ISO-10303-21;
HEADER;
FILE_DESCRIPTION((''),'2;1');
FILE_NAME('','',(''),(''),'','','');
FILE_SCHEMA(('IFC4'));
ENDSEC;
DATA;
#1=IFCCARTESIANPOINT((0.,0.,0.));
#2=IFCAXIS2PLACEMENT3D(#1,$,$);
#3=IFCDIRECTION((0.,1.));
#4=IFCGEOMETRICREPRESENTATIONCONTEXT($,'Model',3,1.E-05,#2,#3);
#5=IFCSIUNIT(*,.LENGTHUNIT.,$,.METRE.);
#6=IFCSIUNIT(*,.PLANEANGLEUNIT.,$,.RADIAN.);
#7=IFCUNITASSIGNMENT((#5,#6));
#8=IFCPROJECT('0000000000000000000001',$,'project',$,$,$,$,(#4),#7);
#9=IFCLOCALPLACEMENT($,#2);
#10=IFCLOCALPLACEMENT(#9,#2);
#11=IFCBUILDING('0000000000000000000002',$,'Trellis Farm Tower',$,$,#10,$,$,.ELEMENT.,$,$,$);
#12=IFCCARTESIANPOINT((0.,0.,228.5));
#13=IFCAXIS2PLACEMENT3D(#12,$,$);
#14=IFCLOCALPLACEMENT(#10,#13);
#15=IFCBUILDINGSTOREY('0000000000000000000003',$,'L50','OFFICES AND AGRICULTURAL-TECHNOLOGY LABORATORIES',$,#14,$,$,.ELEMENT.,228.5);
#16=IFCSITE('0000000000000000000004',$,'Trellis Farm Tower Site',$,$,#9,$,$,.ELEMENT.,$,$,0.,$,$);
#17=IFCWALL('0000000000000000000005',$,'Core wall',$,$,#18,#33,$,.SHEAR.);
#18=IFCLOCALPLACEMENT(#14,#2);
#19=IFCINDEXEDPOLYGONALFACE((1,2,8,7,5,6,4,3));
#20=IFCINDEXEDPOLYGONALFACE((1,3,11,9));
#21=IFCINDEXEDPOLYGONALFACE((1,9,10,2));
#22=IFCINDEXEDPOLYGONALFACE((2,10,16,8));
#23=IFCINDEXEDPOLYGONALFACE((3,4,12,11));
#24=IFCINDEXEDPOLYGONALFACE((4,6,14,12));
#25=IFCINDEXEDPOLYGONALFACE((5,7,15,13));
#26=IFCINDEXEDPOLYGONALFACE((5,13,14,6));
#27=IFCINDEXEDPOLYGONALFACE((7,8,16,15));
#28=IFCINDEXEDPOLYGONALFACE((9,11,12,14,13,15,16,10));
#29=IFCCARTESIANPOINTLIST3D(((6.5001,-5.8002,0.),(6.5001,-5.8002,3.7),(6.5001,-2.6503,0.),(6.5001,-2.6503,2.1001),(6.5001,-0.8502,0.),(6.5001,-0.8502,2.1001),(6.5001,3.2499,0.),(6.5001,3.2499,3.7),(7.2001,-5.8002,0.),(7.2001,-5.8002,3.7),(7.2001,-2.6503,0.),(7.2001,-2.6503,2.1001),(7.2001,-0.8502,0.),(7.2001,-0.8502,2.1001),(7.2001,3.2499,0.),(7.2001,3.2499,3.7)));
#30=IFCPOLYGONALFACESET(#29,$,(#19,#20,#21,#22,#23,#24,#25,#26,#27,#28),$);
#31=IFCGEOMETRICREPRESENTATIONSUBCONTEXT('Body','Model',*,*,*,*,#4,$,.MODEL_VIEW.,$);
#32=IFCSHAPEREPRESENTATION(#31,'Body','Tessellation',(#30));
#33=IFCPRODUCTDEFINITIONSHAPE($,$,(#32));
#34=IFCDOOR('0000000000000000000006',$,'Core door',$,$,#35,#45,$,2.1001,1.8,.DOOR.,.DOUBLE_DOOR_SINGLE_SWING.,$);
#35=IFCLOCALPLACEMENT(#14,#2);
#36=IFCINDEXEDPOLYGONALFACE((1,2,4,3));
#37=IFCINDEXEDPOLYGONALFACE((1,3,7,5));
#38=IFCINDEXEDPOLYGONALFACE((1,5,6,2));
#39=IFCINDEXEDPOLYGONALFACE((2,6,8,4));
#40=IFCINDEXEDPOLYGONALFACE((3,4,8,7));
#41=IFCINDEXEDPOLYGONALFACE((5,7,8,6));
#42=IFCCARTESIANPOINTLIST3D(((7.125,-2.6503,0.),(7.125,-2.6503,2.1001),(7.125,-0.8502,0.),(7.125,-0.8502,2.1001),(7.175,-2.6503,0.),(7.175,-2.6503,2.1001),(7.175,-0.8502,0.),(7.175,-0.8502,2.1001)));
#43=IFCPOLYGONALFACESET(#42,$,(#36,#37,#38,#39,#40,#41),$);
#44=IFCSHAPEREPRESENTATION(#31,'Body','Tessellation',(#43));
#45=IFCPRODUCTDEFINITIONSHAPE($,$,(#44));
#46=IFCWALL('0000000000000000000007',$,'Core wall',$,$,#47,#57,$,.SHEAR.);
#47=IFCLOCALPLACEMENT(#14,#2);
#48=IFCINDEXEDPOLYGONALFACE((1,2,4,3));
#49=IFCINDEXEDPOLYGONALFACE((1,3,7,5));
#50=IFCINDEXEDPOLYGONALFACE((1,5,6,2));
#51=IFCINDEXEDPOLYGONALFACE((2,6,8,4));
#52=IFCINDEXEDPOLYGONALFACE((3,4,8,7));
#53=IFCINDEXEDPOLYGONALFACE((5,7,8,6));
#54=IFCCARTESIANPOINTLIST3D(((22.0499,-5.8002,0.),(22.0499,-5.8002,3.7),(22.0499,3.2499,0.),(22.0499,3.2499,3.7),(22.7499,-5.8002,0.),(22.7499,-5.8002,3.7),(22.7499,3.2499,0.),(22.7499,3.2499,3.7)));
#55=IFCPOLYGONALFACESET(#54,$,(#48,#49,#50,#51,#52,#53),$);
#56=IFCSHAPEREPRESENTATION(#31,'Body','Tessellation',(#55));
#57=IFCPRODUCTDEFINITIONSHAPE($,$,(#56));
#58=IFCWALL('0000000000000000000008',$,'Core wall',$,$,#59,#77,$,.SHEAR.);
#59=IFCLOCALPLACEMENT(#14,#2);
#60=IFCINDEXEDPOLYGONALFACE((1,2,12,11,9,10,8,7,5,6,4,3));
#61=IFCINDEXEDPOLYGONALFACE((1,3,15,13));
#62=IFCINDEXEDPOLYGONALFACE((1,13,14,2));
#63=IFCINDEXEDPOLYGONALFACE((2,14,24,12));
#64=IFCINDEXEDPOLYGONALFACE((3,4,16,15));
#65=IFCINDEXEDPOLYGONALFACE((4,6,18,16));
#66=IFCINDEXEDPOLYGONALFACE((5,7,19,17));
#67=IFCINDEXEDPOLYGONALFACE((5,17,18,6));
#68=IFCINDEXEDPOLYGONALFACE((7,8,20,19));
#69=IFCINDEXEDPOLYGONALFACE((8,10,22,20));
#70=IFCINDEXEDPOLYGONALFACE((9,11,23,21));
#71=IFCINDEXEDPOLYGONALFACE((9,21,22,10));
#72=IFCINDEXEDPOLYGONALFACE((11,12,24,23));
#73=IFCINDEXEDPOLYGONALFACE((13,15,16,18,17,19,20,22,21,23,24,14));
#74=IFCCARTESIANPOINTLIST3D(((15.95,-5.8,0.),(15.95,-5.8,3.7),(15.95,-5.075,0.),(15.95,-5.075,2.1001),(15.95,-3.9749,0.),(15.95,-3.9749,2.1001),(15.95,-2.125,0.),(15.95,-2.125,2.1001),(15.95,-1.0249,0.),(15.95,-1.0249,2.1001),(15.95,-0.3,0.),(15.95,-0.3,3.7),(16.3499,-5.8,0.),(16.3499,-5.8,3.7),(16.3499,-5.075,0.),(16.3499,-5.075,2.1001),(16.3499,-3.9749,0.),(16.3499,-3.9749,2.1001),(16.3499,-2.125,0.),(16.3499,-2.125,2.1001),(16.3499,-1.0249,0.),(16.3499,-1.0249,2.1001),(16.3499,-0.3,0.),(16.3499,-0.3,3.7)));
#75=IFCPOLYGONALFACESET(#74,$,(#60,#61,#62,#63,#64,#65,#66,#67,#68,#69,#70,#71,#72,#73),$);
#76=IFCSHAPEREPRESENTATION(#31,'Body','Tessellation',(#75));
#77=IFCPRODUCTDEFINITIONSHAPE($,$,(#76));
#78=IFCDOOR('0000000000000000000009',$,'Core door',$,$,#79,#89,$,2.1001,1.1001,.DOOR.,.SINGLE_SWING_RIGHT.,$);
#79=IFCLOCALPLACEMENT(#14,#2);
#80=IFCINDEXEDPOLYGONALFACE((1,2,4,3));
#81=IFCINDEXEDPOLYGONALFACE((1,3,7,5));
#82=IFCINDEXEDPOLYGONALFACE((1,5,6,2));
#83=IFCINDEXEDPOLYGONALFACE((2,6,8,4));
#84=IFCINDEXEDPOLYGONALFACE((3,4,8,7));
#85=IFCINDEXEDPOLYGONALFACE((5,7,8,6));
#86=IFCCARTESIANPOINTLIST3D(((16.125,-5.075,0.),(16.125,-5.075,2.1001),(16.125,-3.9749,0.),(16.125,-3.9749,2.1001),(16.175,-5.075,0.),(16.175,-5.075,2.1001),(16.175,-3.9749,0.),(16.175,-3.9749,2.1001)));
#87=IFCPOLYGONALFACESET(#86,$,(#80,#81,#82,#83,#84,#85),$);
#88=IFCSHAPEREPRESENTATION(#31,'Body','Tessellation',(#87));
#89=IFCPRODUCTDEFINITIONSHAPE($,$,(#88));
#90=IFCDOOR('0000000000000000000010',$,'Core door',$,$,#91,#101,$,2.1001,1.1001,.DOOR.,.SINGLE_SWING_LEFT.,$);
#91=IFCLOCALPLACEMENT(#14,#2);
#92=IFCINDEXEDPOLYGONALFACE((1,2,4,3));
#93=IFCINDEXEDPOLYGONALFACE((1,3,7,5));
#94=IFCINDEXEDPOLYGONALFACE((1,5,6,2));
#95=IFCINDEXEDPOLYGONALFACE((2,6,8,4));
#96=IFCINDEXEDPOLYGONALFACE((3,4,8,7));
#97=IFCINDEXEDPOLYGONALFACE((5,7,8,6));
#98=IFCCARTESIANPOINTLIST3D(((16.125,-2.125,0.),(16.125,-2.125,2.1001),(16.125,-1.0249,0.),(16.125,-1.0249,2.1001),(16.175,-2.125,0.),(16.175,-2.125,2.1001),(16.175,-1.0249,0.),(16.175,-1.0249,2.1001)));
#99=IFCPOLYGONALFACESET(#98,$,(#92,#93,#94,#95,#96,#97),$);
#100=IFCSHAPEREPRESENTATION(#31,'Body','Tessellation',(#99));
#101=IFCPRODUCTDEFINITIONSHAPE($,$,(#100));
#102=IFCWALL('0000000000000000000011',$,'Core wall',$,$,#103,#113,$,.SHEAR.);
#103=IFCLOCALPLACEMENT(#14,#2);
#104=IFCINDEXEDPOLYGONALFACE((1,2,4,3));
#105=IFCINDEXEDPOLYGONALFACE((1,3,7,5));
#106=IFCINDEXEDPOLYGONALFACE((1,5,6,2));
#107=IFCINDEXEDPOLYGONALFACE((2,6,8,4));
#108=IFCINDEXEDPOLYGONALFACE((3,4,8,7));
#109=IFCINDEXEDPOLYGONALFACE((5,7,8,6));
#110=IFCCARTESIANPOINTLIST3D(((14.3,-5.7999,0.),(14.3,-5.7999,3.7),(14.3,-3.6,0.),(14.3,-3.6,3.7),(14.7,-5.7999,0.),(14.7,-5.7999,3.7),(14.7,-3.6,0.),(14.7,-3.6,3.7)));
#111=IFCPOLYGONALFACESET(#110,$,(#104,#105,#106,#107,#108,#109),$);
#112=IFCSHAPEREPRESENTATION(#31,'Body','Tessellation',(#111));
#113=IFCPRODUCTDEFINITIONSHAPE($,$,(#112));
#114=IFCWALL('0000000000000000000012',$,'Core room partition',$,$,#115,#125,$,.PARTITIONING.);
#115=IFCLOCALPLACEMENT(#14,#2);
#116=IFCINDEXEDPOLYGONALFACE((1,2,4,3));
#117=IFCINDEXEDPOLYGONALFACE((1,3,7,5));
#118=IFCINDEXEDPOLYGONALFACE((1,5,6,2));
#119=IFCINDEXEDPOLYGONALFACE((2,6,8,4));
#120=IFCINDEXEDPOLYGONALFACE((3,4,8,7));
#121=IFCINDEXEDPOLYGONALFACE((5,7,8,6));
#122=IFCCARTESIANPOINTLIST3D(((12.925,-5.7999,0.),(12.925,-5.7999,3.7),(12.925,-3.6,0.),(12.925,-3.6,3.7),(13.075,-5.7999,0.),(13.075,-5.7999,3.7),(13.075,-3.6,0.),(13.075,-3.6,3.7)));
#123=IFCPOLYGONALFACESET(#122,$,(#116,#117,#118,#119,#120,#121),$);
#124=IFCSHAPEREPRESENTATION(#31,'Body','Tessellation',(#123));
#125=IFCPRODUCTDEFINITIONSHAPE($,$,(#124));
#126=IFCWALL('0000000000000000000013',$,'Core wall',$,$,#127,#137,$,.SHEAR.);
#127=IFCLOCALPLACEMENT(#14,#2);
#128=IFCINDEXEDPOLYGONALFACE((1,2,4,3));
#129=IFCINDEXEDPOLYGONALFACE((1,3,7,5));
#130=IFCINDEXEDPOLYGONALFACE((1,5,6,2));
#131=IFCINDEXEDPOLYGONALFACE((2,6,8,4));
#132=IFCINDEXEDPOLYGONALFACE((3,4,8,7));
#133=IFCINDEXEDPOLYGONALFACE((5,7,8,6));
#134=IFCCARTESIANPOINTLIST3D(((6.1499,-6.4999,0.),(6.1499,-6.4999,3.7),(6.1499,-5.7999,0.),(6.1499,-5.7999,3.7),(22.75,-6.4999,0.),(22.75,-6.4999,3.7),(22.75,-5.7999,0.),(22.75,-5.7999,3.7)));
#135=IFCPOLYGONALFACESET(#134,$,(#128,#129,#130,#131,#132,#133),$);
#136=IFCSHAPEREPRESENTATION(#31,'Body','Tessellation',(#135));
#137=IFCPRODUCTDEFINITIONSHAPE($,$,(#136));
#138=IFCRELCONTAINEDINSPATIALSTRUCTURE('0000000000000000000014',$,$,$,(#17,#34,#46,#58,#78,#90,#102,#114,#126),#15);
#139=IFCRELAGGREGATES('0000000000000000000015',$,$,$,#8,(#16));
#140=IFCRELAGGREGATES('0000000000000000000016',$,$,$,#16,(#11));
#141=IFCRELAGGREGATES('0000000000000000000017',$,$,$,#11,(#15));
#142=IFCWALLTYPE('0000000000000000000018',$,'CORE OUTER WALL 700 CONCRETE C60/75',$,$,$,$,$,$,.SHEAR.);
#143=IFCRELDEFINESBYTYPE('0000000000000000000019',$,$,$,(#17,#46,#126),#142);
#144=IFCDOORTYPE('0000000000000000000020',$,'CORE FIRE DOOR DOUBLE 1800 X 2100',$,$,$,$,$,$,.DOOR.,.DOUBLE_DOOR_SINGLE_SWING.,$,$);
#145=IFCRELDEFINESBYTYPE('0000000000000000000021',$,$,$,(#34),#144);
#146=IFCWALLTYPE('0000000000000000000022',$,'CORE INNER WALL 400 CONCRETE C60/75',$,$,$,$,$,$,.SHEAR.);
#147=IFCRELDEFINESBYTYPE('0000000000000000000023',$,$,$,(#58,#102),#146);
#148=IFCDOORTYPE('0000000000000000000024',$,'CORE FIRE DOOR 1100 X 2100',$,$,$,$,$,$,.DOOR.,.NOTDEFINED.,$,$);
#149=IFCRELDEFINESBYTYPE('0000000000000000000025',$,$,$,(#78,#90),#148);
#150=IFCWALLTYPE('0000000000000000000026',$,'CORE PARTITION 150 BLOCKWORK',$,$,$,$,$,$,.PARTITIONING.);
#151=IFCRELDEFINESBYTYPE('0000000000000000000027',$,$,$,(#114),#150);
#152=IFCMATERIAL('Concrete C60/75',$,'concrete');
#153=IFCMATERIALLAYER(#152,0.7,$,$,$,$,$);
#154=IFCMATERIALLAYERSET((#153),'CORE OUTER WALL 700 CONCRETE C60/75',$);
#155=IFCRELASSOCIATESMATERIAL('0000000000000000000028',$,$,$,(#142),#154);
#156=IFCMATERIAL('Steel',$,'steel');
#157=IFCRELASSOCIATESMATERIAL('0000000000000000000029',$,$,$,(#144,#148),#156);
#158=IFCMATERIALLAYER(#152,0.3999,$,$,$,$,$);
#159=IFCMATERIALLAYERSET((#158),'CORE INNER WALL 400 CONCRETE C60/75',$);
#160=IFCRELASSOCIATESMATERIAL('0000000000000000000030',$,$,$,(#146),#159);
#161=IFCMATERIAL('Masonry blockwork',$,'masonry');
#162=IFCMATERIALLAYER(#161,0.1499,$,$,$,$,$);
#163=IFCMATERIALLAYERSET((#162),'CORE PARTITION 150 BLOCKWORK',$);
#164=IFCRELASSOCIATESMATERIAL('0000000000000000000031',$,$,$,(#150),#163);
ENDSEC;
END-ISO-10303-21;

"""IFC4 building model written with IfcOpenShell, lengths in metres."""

from ifc_helpers import new_model, si_unit, direction, frame, frame_2d, origin, place, context, subcontext, project, spatial, rectangle, extrude, source, transform, mapped, material, layer, layer_set, type_object, element, fill, save


model = new_model("IFC4")

# Units and contexts
model_context = context("Model", 3, precision=1e-05, world=origin(), true_north=direction((0.0, 1.0)))
body_context = subcontext(model_context, "Body", "Model", "MODEL_VIEW")
ifc_project = project(units=[si_unit("LENGTHUNIT", "METRE"), si_unit("PLANEANGLEUNIT", "RADIAN")], contexts=[model_context])

# Site, building, storey
site_placement = place(None, origin())
site = spatial("IfcSite", under=ifc_project, at=site_placement, Name="Trellis Farm Tower Site", CompositionType="ELEMENT", RefElevation=0.0)
building_placement = place(site_placement, origin())
building = spatial("IfcBuilding", under=site, at=building_placement, Name="Trellis Farm Tower", CompositionType="ELEMENT")
storey_placement = place(building_placement, frame((0.0, 0.0, 228.5)))
storey = spatial("IfcBuildingStorey", under=building, at=storey_placement, Name="L50", Description="OFFICES AND AGRICULTURAL-TECHNOLOGY LABORATORIES", CompositionType="ELEMENT", Elevation=228.5)

# Shared definitions
ifc_material_1 = material(Name="Concrete C60/75", Category="concrete")

# Wall, opening, door
ifc_layer_1 = layer(ifc_material_1, 0.7)
ifc_layer_set_1 = layer_set([ifc_layer_1], Name="CORE OUTER WALL 700 CONCRETE C60/75")
wall_type_1 = type_object("IfcWallType", Name="CORE OUTER WALL 700 CONCRETE C60/75", PredefinedType="SHEAR", material=ifc_layer_set_1)
shared_shape_1 = source(origin(), body_context, "Body", "SweptSolid", [
    extrude(rectangle(XDim=9.05, YDim=0.7, at=frame_2d((4.5249, 0.0))), origin(), (0.0, 0.0, 1.0), 3.7),
])
wall_1_placement = place(storey_placement, frame((6.8501, -5.8, 0.0), z_axis=(0.0, 0.0, 1.0), x_axis=(0.0, 1.0, 0.0)))
wall_1 = element("IfcWall", 1, at=wall_1_placement, inside=storey, type_object=wall_type_1, Name="Core wall", PredefinedType="SHEAR", context=body_context, shape_type="MappedRepresentation", body=[
    mapped(shared_shape_1, transform((0.0, 0.0, 0.0))),
])
shared_shape_2 = source(origin(), body_context, "Body", "SweptSolid", [
    extrude(rectangle(XDim=1.8, YDim=2.1001, at=frame_2d((0.8999, 1.05))), frame((0.0, 0.3601, 0.0), z_axis=(0.0, -1.0, 0.0), x_axis=(1.0, 0.0, 0.0)), (0.0, 0.0, 1.0), 0.7202),
])
opening_1_placement = place(wall_1_placement, frame((3.1499, 0.0, 0.0)))
opening_1 = element("IfcOpeningElement", 2, at=opening_1_placement, cuts=wall_1, PredefinedType="OPENING", context=body_context, shape_type="MappedRepresentation", body=[
    mapped(shared_shape_2, transform((0.0, 0.0, 0.0))),
])
ifc_material_2 = material(Name="Steel", Category="steel")
door_type_1 = type_object("IfcDoorType", Name="CORE FIRE DOOR DOUBLE 1800 X 2100", OperationType="DOUBLE_DOOR_SINGLE_SWING", PredefinedType="DOOR", material=ifc_material_2)
shared_shape_3 = source(origin(), body_context, "Body", "SweptSolid", [
    extrude(rectangle(XDim=1.8, YDim=2.1001, at=frame_2d((0.8999, 1.05))), frame((0.0, -0.2749, 0.0), z_axis=(0.0, -1.0, 0.0), x_axis=(1.0, 0.0, 0.0)), (0.0, 0.0, 1.0), 0.05),
])
door_1_placement = place(opening_1_placement, origin())
door_1 = element("IfcDoor", 3, at=door_1_placement, inside=storey, type_object=door_type_1, Name="Core door", OperationType="DOUBLE_DOOR_SINGLE_SWING", OverallHeight=2.1001, OverallWidth=1.8, PredefinedType="DOOR", context=body_context, shape_type="MappedRepresentation", body=[
    mapped(shared_shape_3, transform((0.0, 0.0, 0.0))),
])
fill(opening_1, door_1)

# Wall
wall_2_placement = place(storey_placement, frame((22.3999, -5.8, 0.0), z_axis=(0.0, 0.0, 1.0), x_axis=(0.0, 1.0, 0.0)))
element("IfcWall", 4, at=wall_2_placement, inside=storey, type_object=wall_type_1, Name="Core wall", PredefinedType="SHEAR", context=body_context, shape_type="MappedRepresentation", body=[
    mapped(shared_shape_1, transform((0.0, 0.0, 0.0))),
])

# Wall, openings, doors
ifc_layer_2 = layer(ifc_material_1, 0.3999)
ifc_layer_set_2 = layer_set([ifc_layer_2], Name="CORE INNER WALL 400 CONCRETE C60/75")
wall_type_2 = type_object("IfcWallType", Name="CORE INNER WALL 400 CONCRETE C60/75", PredefinedType="SHEAR", material=ifc_layer_set_2)
shared_shape_4 = source(origin(), body_context, "Body", "SweptSolid", [
    extrude(rectangle(XDim=5.5, YDim=0.3999, at=frame_2d((2.75, 0.0))), origin(), (0.0, 0.0, 1.0), 3.7),
])
wall_3_placement = place(storey_placement, frame((16.1499, -5.8, 0.0), z_axis=(0.0, 0.0, 1.0), x_axis=(0.0, 1.0, 0.0)))
wall_3 = element("IfcWall", 5, at=wall_3_placement, inside=storey, type_object=wall_type_2, Name="Core wall", PredefinedType="SHEAR", context=body_context, shape_type="MappedRepresentation", body=[
    mapped(shared_shape_4, transform((0.0, 0.0, 0.0))),
])
shared_shape_5 = source(origin(), body_context, "Body", "SweptSolid", [
    extrude(rectangle(XDim=1.1001, YDim=2.1001, at=frame_2d((0.55, 1.05))), frame((0.0, 0.21, 0.0), z_axis=(0.0, -1.0, 0.0), x_axis=(1.0, 0.0, 0.0)), (0.0, 0.0, 1.0), 0.4199),
])
opening_2_placement = place(wall_3_placement, frame((0.7251, 0.0, 0.0)))
opening_2 = element("IfcOpeningElement", 6, at=opening_2_placement, cuts=wall_3, PredefinedType="OPENING", context=body_context, shape_type="MappedRepresentation", body=[
    mapped(shared_shape_5, transform((0.0, 0.0, 0.0))),
])
opening_3_placement = place(wall_3_placement, frame((3.675, 0.0, 0.0)))
opening_3 = element("IfcOpeningElement", 7, at=opening_3_placement, cuts=wall_3, PredefinedType="OPENING", context=body_context, shape_type="MappedRepresentation", body=[
    mapped(shared_shape_5, transform((0.0, 0.0, 0.0))),
])
door_type_2 = type_object("IfcDoorType", Name="CORE FIRE DOOR 1100 X 2100", OperationType="NOTDEFINED", PredefinedType="DOOR", material=ifc_material_2)
shared_shape_6 = source(origin(), body_context, "Body", "SweptSolid", [
    extrude(rectangle(XDim=1.1001, YDim=2.1001, at=frame_2d((0.55, 1.05))), frame((0.0, 0.0249, 0.0), z_axis=(0.0, -1.0, 0.0), x_axis=(1.0, 0.0, 0.0)), (0.0, 0.0, 1.0), 0.05),
])
door_2_placement = place(opening_2_placement, origin())
door_2 = element("IfcDoor", 8, at=door_2_placement, inside=storey, type_object=door_type_2, Name="Core door", OperationType="SINGLE_SWING_RIGHT", OverallHeight=2.1001, OverallWidth=1.1001, PredefinedType="DOOR", context=body_context, shape_type="MappedRepresentation", body=[
    mapped(shared_shape_6, transform((0.0, 0.0, 0.0))),
])
fill(opening_2, door_2)
door_3_placement = place(opening_3_placement, origin())
door_3 = element("IfcDoor", 9, at=door_3_placement, inside=storey, type_object=door_type_2, Name="Core door", OperationType="SINGLE_SWING_LEFT", OverallHeight=2.1001, OverallWidth=1.1001, PredefinedType="DOOR", context=body_context, shape_type="MappedRepresentation", body=[
    mapped(shared_shape_6, transform((0.0, 0.0, 0.0))),
])
fill(opening_3, door_3)

# Walls
shared_shape_7 = source(origin(), body_context, "Body", "SweptSolid", [
    extrude(rectangle(XDim=2.2, YDim=0.3999, at=frame_2d((1.1001, 0.0))), origin(), (0.0, 0.0, 1.0), 3.7),
])
wall_4_placement = place(storey_placement, frame((14.5, -5.8, 0.0), z_axis=(0.0, 0.0, 1.0), x_axis=(0.0, 1.0, 0.0)))
element("IfcWall", 10, at=wall_4_placement, inside=storey, type_object=wall_type_2, Name="Core wall", PredefinedType="SHEAR", context=body_context, shape_type="MappedRepresentation", body=[
    mapped(shared_shape_7, transform((0.0, 0.0, 0.0))),
])
ifc_material_3 = material(Name="Masonry blockwork", Category="masonry")
ifc_layer_3 = layer(ifc_material_3, 0.1499)
ifc_layer_set_3 = layer_set([ifc_layer_3], Name="CORE PARTITION 150 BLOCKWORK")
wall_type_3 = type_object("IfcWallType", Name="CORE PARTITION 150 BLOCKWORK", PredefinedType="PARTITIONING", material=ifc_layer_set_3)
shared_shape_8 = source(origin(), body_context, "Body", "SweptSolid", [
    extrude(rectangle(XDim=2.2, YDim=0.1499, at=frame_2d((1.1001, 0.0))), origin(), (0.0, 0.0, 1.0), 3.7),
])
wall_5_placement = place(storey_placement, frame((13.0, -5.8, 0.0), z_axis=(0.0, 0.0, 1.0), x_axis=(0.0, 1.0, 0.0)))
element("IfcWall", 11, at=wall_5_placement, inside=storey, type_object=wall_type_3, Name="Core room partition", PredefinedType="PARTITIONING", context=body_context, shape_type="MappedRepresentation", body=[
    mapped(shared_shape_8, transform((0.0, 0.0, 0.0))),
])
shared_shape_9 = source(origin(), body_context, "Body", "SweptSolid", [
    extrude(rectangle(XDim=16.6001, YDim=0.7, at=frame_2d((8.3, 0.0))), origin(), (0.0, 0.0, 1.0), 3.7),
])
wall_6_placement = place(storey_placement, frame((6.1499, -6.1499, 0.0), z_axis=(0.0, 0.0, 1.0), x_axis=(1.0, 0.0, 0.0)))
element("IfcWall", 12, at=wall_6_placement, inside=storey, type_object=wall_type_1, Name="Core wall", PredefinedType="SHEAR", context=body_context, shape_type="MappedRepresentation", body=[
    mapped(shared_shape_9, transform((0.0, 0.0, 0.0))),
])

save(model, "model.ifc")
